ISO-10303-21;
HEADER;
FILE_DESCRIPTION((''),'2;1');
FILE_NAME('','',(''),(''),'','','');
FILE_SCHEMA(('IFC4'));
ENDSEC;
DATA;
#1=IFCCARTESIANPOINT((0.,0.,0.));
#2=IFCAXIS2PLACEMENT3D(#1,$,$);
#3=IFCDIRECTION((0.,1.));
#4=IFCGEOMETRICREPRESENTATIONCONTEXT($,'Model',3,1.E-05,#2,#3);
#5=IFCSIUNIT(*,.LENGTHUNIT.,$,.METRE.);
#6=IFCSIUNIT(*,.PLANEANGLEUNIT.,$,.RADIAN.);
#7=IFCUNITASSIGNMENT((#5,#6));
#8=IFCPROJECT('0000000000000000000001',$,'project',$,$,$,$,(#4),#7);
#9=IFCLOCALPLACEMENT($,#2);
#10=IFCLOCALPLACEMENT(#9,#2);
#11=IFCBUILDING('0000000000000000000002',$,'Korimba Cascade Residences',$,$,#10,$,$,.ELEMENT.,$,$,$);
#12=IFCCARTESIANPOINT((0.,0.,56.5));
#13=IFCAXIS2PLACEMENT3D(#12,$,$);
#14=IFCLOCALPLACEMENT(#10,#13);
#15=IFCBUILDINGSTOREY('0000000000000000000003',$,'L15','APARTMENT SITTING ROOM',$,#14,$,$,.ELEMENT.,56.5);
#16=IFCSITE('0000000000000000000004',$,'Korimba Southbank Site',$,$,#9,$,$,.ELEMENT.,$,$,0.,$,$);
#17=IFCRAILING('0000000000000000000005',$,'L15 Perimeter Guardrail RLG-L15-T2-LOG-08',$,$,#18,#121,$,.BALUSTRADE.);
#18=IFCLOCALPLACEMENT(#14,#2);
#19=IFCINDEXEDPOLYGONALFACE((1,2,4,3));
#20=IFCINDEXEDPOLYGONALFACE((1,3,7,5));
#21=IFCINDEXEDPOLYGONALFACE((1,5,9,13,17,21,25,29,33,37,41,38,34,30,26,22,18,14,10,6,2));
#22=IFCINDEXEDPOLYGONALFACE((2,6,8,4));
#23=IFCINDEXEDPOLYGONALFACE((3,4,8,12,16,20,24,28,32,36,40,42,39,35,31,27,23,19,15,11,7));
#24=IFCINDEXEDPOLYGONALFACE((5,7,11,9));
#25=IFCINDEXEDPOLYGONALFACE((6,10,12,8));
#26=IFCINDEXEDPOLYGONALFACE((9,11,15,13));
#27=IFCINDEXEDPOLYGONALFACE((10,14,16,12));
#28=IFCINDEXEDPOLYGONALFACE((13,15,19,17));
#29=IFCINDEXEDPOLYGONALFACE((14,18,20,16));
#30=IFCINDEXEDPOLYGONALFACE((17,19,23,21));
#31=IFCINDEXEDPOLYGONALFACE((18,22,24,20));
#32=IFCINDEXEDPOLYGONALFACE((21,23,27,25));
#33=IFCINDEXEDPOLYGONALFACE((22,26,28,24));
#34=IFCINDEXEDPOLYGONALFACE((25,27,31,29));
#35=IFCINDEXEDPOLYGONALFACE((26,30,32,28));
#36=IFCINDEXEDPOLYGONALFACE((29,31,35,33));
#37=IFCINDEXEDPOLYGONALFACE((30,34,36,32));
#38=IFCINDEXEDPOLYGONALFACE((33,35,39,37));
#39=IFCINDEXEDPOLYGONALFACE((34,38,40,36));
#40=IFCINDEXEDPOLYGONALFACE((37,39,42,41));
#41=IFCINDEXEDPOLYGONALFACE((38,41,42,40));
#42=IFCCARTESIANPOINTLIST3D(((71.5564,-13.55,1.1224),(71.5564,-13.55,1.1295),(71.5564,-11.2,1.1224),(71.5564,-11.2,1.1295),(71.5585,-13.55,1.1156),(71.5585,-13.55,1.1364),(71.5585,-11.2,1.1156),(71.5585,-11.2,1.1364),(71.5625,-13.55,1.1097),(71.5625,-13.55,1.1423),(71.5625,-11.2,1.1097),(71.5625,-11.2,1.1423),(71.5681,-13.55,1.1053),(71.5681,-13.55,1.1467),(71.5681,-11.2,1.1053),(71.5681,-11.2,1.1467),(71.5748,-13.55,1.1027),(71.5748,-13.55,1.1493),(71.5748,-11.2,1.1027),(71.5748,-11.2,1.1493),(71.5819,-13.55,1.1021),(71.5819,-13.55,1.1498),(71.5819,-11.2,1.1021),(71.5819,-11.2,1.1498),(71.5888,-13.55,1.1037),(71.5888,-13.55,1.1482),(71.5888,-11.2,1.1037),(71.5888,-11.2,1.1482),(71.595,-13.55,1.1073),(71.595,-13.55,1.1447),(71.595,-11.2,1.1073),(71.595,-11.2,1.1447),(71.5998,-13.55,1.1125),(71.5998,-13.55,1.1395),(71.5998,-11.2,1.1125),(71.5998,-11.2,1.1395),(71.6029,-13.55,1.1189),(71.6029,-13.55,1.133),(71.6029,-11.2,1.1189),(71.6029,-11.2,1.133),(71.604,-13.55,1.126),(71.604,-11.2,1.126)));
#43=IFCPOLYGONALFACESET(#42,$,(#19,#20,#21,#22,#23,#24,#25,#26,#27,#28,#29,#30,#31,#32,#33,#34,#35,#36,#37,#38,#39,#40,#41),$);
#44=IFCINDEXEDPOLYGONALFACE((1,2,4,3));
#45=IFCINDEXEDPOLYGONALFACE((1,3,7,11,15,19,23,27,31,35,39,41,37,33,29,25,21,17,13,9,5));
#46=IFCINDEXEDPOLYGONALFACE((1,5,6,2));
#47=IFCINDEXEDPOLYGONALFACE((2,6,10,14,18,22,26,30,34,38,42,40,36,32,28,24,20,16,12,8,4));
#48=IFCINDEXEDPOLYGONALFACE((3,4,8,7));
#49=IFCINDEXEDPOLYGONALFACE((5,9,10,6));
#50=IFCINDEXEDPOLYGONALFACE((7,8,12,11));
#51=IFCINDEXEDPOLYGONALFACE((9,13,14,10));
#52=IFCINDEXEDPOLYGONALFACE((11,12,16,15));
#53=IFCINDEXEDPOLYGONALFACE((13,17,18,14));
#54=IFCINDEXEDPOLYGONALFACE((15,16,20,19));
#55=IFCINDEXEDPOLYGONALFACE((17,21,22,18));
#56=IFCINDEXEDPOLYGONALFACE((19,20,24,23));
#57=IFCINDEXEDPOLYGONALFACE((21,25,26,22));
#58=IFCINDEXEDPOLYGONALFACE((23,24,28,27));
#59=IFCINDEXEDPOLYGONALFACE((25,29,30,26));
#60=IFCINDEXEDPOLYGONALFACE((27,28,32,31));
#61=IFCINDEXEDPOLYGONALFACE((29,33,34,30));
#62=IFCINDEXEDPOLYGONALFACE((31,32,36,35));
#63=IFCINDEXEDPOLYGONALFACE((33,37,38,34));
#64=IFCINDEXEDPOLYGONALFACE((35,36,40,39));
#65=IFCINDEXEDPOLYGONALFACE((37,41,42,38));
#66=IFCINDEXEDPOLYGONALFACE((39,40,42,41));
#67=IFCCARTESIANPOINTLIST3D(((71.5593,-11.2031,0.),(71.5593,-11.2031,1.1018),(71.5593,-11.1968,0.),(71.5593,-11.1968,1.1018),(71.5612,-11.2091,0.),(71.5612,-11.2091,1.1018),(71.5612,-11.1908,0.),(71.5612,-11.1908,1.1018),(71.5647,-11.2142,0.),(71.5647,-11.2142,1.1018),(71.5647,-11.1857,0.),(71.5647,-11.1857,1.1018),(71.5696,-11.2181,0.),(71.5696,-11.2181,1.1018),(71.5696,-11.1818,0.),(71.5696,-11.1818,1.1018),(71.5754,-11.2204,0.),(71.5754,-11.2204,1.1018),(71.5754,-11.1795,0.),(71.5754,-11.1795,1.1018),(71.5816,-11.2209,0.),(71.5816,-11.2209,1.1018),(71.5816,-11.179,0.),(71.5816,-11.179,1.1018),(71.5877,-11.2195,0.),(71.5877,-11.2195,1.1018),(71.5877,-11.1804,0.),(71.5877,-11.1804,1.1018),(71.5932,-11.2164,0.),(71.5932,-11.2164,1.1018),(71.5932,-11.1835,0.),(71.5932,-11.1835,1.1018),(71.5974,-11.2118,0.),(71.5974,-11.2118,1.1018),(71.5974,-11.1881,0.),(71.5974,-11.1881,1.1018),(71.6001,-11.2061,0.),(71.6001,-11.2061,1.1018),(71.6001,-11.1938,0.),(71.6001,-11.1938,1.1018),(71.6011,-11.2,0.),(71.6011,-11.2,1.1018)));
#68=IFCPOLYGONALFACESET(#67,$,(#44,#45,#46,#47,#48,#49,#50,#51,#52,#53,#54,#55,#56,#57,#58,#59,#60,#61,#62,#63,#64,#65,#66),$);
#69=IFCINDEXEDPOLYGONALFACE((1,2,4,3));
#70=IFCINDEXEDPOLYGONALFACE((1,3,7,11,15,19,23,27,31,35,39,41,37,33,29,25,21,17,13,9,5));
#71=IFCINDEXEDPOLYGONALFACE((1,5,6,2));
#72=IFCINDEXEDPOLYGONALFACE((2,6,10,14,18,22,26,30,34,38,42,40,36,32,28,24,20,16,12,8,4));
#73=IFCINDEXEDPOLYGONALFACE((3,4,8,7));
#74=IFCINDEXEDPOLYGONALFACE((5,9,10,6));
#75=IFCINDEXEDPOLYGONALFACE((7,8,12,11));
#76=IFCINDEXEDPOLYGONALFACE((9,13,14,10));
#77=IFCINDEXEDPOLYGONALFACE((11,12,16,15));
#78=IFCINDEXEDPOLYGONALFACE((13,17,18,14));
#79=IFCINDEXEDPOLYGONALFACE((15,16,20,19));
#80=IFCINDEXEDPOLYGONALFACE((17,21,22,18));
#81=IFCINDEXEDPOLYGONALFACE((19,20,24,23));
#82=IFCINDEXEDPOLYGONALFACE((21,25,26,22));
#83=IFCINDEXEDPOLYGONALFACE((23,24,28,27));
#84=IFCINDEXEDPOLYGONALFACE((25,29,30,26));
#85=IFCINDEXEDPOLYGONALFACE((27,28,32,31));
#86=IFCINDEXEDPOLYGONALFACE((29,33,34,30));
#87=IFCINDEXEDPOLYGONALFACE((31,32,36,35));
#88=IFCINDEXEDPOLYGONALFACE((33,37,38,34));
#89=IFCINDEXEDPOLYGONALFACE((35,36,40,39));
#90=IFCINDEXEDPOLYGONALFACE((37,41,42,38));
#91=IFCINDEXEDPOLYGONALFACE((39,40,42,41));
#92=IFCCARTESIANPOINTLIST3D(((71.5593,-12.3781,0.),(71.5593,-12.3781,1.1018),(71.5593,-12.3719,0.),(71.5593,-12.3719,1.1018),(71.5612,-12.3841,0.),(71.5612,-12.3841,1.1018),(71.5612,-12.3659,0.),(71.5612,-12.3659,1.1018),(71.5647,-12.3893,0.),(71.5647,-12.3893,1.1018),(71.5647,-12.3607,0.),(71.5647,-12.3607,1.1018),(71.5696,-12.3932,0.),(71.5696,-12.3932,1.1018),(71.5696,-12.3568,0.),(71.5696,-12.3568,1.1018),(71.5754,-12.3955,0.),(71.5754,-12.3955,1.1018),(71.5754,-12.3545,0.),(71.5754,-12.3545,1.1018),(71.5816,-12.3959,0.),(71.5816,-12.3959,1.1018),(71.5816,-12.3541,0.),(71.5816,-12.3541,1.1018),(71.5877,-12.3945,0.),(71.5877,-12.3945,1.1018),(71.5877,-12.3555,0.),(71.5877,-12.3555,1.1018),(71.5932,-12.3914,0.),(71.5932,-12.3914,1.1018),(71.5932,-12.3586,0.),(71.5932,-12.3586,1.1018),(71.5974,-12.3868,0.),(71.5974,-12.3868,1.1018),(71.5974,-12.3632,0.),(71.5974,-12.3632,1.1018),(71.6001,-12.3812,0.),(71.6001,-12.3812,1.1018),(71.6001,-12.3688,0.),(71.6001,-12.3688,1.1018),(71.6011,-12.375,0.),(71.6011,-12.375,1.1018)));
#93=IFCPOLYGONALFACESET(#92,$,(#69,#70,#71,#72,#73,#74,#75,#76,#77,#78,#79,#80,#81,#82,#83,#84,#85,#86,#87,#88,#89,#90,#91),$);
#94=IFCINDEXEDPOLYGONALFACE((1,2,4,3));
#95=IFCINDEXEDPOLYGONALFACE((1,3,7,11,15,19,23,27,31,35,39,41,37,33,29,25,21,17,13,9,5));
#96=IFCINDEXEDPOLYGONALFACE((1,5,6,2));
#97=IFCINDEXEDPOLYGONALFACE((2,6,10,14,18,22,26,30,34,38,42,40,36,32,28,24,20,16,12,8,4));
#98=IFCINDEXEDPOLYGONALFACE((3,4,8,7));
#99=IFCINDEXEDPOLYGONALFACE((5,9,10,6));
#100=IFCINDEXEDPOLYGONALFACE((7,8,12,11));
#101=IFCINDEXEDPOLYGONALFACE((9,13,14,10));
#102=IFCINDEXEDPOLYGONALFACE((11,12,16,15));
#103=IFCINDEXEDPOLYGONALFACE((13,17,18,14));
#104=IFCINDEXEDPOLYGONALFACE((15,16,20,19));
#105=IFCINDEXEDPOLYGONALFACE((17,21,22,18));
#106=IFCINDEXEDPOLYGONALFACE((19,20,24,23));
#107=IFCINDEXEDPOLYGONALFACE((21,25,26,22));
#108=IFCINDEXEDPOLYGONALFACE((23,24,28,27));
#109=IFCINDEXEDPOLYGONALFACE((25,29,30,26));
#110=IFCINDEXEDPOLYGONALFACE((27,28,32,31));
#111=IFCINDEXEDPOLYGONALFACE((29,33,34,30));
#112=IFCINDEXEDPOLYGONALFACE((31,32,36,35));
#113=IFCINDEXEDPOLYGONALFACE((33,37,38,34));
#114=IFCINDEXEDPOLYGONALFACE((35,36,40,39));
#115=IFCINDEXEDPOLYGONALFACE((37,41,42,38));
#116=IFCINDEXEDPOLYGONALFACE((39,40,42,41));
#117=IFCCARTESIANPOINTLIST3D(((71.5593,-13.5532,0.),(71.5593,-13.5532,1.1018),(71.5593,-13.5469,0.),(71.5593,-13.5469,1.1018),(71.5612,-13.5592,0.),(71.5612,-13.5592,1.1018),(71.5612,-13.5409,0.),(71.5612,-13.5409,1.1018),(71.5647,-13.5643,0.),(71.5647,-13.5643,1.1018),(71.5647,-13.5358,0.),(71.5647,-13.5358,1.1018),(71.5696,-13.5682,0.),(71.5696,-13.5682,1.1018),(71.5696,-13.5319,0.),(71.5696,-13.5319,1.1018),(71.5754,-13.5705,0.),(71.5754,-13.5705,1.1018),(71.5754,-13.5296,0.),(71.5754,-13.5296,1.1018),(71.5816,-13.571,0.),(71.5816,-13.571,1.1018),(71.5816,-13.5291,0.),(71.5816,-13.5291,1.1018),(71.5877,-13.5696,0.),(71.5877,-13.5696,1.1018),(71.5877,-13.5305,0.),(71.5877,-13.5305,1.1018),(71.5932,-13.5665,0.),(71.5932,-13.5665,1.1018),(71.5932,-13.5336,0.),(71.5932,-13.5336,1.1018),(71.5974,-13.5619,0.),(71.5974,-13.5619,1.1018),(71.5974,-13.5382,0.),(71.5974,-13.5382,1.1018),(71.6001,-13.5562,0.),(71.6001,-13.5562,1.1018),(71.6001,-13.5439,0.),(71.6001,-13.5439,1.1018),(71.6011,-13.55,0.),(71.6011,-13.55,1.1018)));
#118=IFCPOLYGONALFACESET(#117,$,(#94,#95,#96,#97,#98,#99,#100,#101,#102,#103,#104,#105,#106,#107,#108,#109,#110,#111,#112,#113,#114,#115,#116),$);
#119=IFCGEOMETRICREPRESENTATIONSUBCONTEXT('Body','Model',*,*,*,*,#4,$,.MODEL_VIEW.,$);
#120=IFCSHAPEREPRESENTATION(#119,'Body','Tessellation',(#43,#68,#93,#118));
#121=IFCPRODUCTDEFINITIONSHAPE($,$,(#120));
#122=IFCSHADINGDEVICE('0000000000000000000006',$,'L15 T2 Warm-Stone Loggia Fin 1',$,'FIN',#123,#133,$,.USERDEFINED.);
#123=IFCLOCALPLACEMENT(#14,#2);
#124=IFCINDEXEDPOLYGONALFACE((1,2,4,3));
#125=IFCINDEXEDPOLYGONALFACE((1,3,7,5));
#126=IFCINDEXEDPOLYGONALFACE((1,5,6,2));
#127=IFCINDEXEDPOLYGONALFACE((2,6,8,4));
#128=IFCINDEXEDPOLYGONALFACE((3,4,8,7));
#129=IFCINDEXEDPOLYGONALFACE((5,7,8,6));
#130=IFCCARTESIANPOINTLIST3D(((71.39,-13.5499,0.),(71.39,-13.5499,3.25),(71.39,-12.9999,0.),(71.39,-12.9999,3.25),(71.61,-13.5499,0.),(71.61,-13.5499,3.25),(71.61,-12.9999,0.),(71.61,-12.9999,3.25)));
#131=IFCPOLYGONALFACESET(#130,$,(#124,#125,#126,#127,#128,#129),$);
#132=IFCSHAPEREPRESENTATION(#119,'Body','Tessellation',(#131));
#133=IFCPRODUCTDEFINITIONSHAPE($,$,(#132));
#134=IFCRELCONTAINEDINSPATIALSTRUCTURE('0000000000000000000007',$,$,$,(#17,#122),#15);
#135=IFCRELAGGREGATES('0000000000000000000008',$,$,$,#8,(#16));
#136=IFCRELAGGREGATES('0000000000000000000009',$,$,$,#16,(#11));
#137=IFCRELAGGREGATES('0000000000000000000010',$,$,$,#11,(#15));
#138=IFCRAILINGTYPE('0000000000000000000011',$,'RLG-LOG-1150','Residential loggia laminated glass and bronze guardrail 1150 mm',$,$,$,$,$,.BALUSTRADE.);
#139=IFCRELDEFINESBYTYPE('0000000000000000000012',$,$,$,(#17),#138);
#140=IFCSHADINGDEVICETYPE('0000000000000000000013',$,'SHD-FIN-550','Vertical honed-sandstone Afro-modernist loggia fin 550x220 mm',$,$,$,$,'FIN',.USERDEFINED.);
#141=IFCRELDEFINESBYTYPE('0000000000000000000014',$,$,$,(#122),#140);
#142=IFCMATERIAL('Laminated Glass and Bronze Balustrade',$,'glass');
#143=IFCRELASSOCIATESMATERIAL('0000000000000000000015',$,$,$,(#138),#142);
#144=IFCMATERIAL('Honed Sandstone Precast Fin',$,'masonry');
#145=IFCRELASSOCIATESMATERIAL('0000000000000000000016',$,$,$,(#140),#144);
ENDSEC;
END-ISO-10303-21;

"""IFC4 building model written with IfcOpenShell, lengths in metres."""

from ifc_helpers import new_model, si_unit, direction, frame, origin, origin_2d, place, context, subcontext, project, spatial, rectangle, circle, extrude, material, type_object, element, save


model = new_model("IFC4")

# Units and contexts
model_context = context("Model", 3, precision=1e-05, world=origin(), true_north=direction((0.0, 1.0)))
body_context = subcontext(model_context, "Body", "Model", "MODEL_VIEW")
ifc_project = project(units=[si_unit("LENGTHUNIT", "METRE"), si_unit("PLANEANGLEUNIT", "RADIAN")], contexts=[model_context])

# Site, building, storey
site_placement = place(None, origin())
site = spatial("IfcSite", under=ifc_project, at=site_placement, Name="Korimba Southbank Site", CompositionType="ELEMENT", RefElevation=0.0)
building_placement = place(site_placement, origin())
building = spatial("IfcBuilding", under=site, at=building_placement, Name="Korimba Cascade Residences", CompositionType="ELEMENT")
storey_placement = place(building_placement, frame((0.0, 0.0, 56.5)))
storey = spatial("IfcBuildingStorey", under=building, at=storey_placement, Name="L15", Description="APARTMENT SITTING ROOM", CompositionType="ELEMENT", Elevation=56.5)

# Railing
ifc_material_1 = material(Name="Laminated Glass and Bronze Balustrade", Category="glass")
railing_type = type_object("IfcRailingType", Name="RLG-LOG-1150", Description="Residential loggia laminated glass and bronze guardrail 1150 mm", PredefinedType="BALUSTRADE", material=ifc_material_1)
railing_1_placement = place(storey_placement, frame((71.5801, -11.2, 0.0)))
element("IfcRailing", 1, at=railing_1_placement, inside=storey, type_object=railing_type, Name="L15 Perimeter Guardrail RLG-L15-T2-LOG-08", PredefinedType="BALUSTRADE", context=body_context, shape_type="SweptSolid", body=[
    extrude(circle(Radius=0.0239, at=origin_2d()), frame((0.0, 0.0, 1.126), z_axis=(0.0, -1.0, 0.0), x_axis=(1.0, 0.0, 0.0)), (0.0, 0.0, 1.0), 2.3501),
    extrude(circle(Radius=0.021, at=origin_2d()), origin(), (0.0, 0.0, 1.0), 1.1018),
    extrude(circle(Radius=0.021, at=origin_2d()), frame((0.0, -1.175, 0.0)), (0.0, 0.0, 1.0), 1.1018),
    extrude(circle(Radius=0.021, at=origin_2d()), frame((0.0, -2.3501, 0.0)), (0.0, 0.0, 1.0), 1.1018),
])

# Shading device
ifc_material_2 = material(Name="Honed Sandstone Precast Fin", Category="masonry")
shading_device_type = type_object("IfcShadingDeviceType", Name="SHD-FIN-550", Description="Vertical honed-sandstone Afro-modernist loggia fin 550x220 mm", ElementType="FIN", PredefinedType="USERDEFINED", material=ifc_material_2)
shading_device_placement = place(storey_placement, frame((71.5, -13.2749, 0.0), z_axis=(0.0, 0.0, 1.0), x_axis=(1.0, 0.0, 0.0)))
element("IfcShadingDevice", 2, at=shading_device_placement, inside=storey, type_object=shading_device_type, Name="L15 T2 Warm-Stone Loggia Fin 1", ObjectType="FIN", PredefinedType="USERDEFINED", context=body_context, shape_type="SweptSolid", body=[
    extrude(rectangle(XDim=0.22, YDim=0.55, at=origin_2d()), origin(), (0.0, 0.0, 1.0), 3.25),
])

save(model, "model.ifc")
